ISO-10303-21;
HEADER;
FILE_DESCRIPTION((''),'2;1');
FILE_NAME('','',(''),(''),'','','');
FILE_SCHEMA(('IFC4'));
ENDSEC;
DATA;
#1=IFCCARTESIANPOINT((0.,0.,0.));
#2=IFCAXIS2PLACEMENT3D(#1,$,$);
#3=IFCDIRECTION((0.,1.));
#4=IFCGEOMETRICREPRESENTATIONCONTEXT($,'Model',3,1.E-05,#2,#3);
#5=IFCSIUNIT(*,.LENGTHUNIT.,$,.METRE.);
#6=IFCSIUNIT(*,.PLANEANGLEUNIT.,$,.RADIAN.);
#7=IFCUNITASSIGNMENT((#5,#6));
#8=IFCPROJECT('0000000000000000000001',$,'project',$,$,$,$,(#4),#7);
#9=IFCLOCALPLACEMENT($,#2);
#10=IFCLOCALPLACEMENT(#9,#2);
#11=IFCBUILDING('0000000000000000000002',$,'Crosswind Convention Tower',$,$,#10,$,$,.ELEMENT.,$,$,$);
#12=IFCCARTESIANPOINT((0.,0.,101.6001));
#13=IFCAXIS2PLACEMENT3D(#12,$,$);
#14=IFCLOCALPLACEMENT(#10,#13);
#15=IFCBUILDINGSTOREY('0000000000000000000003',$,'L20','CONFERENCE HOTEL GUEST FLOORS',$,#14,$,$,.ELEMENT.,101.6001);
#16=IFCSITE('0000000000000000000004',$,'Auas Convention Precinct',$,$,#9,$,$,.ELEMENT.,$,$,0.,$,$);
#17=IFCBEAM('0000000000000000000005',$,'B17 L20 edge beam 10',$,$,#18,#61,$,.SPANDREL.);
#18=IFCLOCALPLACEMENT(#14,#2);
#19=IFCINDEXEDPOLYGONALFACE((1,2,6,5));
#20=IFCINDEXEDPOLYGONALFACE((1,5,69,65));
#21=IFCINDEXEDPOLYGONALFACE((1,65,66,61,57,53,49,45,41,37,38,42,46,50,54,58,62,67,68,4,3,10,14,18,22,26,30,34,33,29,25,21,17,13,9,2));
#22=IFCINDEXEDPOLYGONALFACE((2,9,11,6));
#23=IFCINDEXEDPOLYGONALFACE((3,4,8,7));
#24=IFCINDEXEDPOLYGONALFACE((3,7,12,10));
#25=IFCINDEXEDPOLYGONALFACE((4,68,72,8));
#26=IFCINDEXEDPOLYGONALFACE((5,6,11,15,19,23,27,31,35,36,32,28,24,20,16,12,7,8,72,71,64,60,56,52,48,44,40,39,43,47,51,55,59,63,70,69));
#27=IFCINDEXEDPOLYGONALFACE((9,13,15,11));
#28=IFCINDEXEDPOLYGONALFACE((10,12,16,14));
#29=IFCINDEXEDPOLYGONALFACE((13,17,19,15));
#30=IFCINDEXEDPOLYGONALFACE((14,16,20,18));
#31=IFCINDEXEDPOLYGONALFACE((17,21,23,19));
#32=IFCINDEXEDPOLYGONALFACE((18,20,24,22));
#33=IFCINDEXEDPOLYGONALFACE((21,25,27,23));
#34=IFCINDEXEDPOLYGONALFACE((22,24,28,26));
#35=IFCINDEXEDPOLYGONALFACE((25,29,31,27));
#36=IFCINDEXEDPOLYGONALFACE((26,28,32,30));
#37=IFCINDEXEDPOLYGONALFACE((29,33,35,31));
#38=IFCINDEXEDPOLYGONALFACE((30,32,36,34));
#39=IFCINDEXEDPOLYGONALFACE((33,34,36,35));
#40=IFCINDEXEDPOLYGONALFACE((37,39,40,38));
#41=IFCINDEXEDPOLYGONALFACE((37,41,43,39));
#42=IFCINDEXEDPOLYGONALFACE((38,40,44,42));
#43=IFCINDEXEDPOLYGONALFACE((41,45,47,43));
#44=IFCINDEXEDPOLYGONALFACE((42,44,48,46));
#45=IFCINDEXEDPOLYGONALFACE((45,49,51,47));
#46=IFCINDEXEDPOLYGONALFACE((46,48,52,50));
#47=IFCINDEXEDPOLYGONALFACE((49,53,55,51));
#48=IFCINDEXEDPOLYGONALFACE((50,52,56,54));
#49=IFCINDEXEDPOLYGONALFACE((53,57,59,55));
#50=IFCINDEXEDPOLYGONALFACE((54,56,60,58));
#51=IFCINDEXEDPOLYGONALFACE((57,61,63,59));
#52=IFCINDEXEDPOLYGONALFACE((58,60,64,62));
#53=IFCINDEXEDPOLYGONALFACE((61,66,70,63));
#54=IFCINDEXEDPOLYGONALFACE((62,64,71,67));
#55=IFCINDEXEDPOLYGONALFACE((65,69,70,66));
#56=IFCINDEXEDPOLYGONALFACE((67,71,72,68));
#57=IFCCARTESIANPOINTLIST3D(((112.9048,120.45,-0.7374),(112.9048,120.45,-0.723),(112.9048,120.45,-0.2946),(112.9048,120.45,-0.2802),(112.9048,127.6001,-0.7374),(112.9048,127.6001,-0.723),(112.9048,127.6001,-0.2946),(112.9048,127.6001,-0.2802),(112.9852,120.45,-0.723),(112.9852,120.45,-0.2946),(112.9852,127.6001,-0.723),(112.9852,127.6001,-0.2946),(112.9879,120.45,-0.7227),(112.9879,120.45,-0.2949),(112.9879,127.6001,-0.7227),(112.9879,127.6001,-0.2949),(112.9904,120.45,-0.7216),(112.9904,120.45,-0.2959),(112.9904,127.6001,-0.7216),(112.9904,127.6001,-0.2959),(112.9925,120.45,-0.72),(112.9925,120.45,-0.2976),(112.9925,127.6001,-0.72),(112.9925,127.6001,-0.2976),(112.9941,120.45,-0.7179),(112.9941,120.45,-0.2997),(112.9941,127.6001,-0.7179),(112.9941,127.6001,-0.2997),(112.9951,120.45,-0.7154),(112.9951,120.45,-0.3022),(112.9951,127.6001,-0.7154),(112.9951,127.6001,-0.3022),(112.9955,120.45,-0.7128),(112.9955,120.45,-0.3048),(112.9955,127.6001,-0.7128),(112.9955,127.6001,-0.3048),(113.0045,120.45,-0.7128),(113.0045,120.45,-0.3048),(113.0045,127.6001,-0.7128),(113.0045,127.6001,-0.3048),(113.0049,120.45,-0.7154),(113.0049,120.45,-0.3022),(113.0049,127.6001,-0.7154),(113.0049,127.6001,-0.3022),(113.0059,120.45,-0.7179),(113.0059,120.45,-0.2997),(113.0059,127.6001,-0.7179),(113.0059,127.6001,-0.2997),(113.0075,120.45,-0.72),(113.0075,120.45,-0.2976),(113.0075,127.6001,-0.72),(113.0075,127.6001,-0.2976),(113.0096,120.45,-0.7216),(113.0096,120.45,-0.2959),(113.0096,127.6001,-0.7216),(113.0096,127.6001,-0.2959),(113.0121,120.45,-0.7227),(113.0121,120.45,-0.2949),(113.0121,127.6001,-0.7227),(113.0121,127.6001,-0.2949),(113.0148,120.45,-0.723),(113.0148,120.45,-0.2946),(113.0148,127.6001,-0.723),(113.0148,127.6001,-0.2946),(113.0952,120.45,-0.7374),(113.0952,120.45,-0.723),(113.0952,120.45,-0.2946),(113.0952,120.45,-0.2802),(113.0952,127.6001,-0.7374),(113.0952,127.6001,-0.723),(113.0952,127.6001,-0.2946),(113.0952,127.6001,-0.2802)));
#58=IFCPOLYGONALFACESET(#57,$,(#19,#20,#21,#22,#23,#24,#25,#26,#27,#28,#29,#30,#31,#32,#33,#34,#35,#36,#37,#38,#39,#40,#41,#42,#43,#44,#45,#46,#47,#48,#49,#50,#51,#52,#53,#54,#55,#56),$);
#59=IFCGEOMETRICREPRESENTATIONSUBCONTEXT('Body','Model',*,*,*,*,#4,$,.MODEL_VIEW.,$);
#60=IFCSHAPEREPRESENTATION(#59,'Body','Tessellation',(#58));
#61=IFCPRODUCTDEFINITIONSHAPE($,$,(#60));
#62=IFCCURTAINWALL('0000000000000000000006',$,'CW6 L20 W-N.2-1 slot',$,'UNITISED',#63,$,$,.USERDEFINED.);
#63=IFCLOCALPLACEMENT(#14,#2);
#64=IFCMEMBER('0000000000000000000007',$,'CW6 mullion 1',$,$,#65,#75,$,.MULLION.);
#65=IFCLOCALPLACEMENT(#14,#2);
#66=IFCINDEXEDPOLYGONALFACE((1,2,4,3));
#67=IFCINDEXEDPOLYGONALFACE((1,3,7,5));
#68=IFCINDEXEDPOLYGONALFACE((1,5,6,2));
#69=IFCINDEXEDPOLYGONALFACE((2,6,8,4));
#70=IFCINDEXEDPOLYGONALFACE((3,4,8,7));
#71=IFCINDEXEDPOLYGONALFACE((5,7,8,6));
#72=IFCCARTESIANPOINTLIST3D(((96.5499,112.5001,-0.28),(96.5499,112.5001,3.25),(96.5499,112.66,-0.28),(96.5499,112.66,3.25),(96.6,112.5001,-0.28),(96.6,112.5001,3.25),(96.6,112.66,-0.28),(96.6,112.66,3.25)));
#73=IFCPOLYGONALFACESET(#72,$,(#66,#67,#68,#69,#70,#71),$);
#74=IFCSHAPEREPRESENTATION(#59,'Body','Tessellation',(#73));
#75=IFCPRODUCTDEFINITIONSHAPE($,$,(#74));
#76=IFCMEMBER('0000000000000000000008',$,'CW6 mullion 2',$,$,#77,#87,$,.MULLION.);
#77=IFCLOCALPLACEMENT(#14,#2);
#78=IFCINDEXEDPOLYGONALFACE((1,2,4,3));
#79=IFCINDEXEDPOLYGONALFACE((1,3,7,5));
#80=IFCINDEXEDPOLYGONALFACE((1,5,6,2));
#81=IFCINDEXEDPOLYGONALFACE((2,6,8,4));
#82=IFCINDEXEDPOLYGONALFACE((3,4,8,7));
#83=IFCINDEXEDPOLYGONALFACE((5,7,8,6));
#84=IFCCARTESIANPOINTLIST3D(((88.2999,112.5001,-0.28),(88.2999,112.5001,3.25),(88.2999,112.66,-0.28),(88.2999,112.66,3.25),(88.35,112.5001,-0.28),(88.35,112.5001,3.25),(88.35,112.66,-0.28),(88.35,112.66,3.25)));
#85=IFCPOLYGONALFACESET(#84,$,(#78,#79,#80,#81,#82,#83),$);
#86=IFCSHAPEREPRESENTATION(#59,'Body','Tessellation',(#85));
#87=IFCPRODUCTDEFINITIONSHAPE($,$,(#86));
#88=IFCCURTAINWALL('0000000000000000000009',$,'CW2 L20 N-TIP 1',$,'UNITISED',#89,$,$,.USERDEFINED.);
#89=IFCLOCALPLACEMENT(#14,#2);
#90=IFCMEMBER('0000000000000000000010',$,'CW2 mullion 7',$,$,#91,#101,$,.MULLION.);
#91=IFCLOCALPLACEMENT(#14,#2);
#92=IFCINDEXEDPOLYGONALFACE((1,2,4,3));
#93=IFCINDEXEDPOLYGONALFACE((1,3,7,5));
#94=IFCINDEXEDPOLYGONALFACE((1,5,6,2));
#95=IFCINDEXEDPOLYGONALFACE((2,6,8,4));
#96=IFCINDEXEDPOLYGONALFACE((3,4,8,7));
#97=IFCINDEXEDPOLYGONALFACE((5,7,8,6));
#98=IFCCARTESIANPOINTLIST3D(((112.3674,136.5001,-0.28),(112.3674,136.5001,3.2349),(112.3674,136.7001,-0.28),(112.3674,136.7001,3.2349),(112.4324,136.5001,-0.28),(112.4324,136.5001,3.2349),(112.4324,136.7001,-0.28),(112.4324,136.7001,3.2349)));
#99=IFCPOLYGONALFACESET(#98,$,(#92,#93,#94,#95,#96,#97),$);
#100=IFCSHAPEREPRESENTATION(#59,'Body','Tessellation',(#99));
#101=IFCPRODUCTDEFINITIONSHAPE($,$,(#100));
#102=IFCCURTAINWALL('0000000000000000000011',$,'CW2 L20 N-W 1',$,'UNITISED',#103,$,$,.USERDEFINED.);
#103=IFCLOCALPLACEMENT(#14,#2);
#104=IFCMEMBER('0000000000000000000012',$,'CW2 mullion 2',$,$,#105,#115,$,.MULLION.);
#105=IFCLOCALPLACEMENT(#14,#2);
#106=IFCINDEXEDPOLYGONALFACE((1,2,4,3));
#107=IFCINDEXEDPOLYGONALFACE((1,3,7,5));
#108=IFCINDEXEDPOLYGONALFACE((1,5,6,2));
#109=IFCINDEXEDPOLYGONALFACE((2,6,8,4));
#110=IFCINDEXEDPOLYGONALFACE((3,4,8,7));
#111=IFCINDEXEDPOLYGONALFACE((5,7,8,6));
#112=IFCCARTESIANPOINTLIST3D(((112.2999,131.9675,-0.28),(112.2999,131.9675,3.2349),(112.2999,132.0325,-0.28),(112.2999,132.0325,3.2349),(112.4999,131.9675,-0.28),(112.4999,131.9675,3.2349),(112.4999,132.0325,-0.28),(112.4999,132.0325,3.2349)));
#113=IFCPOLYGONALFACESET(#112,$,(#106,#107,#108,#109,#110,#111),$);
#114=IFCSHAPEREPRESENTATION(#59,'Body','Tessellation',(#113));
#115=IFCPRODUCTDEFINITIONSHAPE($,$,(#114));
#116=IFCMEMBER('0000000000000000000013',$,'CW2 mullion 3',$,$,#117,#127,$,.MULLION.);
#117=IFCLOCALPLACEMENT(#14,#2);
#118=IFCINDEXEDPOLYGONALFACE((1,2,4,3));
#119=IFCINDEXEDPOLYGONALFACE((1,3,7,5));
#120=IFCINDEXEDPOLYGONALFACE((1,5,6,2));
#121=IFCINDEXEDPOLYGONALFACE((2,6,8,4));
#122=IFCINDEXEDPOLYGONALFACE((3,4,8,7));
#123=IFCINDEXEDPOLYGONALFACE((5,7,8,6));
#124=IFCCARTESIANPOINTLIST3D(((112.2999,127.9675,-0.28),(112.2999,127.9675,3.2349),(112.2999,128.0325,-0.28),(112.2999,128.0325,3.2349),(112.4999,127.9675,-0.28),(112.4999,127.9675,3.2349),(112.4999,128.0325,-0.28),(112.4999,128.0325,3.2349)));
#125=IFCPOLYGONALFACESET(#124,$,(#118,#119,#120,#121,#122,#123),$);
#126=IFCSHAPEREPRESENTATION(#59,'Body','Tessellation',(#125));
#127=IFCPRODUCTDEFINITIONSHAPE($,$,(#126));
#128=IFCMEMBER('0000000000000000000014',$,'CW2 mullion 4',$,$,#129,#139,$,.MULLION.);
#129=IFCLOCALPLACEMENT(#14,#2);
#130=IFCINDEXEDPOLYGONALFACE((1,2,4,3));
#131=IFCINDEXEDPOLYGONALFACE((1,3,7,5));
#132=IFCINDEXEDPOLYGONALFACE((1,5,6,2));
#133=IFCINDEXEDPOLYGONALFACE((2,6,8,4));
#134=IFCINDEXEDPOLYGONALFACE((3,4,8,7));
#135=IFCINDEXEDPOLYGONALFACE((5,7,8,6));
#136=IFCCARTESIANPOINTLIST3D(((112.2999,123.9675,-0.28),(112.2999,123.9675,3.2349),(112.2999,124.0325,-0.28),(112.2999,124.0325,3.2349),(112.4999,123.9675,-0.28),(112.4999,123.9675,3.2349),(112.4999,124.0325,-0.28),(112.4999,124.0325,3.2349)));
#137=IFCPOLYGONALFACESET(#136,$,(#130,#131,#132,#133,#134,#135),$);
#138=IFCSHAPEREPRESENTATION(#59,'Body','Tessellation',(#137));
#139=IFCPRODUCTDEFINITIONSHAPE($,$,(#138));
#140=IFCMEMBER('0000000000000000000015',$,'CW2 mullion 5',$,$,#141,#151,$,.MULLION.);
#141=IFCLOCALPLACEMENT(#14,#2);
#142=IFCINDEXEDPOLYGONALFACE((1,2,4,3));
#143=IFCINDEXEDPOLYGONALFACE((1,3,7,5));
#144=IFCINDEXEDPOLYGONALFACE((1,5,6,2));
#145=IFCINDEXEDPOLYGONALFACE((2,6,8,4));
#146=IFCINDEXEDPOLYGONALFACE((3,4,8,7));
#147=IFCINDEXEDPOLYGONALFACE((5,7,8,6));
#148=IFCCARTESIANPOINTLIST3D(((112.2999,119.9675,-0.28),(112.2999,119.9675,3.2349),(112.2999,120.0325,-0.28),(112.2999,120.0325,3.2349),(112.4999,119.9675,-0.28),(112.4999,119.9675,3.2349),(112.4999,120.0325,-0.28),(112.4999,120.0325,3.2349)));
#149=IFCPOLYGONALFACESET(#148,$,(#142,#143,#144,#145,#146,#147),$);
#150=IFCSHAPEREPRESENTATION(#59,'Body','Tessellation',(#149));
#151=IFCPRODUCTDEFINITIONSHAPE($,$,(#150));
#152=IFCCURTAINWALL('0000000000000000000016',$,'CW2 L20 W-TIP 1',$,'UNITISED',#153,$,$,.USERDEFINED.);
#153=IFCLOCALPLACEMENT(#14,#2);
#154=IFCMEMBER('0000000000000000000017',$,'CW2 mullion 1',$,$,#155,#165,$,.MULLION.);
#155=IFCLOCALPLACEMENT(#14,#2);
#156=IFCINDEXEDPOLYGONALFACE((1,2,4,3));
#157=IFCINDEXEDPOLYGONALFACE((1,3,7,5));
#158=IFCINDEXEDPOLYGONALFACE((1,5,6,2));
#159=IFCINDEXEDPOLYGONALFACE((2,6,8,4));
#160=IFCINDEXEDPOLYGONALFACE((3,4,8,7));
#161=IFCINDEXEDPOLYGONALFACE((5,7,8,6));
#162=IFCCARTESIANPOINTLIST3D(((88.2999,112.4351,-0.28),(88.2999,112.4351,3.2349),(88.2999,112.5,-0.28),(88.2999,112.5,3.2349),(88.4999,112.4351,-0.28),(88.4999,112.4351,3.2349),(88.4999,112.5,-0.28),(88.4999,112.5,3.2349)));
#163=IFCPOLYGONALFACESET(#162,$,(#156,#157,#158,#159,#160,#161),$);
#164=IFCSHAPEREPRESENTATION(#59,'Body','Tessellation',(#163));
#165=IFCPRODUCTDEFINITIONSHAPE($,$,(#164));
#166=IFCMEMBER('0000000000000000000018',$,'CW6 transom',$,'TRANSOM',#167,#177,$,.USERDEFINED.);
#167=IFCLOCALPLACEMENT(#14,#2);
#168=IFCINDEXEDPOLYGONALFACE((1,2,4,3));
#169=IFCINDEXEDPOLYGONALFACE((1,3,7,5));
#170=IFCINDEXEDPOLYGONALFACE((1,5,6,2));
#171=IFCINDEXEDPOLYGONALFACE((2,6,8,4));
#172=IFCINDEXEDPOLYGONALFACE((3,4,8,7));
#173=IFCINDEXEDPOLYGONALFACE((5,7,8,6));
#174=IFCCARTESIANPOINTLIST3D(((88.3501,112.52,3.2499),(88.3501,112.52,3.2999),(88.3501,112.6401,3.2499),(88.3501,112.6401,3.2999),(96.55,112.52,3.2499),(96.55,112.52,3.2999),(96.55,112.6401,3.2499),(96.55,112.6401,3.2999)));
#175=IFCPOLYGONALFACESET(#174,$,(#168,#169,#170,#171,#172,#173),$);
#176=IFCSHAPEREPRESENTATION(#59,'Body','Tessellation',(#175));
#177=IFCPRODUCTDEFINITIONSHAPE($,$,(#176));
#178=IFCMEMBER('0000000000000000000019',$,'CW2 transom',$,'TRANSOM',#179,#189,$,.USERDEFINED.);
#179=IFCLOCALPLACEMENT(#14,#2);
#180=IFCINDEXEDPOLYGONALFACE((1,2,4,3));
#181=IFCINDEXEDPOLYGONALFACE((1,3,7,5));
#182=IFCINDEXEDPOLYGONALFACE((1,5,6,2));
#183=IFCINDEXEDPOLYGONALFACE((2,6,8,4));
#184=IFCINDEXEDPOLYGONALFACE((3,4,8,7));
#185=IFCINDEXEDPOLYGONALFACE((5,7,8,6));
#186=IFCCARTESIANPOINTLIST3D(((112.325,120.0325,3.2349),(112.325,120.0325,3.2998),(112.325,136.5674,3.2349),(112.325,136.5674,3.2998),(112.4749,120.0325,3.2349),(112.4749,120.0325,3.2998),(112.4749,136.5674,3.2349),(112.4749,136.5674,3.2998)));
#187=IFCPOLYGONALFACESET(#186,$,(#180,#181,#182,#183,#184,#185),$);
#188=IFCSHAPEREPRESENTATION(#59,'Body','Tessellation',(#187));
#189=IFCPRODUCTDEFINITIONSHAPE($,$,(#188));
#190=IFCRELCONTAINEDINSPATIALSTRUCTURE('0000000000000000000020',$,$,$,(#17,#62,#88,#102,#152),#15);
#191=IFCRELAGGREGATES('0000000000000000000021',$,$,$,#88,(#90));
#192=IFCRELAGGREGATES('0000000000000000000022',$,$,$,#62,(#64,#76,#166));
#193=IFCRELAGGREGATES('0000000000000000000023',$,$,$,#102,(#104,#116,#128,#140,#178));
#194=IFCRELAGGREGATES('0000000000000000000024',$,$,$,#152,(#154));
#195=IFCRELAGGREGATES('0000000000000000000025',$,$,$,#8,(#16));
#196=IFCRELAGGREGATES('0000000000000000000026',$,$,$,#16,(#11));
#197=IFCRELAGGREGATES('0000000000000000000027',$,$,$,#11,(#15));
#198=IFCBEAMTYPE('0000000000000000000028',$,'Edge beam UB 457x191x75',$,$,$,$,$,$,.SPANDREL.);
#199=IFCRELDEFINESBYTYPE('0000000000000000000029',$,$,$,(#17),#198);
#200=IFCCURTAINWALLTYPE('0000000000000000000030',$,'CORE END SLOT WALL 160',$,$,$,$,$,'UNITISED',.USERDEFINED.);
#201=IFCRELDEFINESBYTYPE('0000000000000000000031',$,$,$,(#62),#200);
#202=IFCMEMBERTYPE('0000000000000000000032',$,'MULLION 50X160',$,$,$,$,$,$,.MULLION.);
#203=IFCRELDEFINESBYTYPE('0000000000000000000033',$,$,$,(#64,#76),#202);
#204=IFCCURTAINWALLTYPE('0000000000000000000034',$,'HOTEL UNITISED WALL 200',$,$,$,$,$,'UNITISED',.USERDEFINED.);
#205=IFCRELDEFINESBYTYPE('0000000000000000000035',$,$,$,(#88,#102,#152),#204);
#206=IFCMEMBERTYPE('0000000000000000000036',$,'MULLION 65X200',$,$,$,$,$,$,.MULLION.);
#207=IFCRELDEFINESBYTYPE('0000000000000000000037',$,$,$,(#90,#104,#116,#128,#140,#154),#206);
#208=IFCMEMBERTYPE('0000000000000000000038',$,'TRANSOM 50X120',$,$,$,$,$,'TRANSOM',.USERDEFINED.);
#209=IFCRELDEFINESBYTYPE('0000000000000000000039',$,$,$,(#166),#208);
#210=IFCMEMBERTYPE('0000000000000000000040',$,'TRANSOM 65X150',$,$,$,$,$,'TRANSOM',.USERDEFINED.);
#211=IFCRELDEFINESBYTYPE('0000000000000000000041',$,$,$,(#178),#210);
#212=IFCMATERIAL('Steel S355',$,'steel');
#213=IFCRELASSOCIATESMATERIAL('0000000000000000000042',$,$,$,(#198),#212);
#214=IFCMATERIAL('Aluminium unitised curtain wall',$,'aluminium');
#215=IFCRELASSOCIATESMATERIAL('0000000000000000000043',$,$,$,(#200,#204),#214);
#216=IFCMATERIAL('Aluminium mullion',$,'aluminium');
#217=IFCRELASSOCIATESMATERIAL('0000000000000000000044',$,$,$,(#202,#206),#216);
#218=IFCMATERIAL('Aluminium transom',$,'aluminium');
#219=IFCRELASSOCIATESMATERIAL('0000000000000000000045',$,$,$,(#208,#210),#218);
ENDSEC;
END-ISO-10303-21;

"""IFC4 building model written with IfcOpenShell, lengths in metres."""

from ifc_helpers import new_model, si_unit, direction, frame, origin, origin_2d, place, context, subcontext, project, spatial, rectangle, i_section, extrude, material, material_profile, profile_set, type_object, element, aggregate, save


model = new_model("IFC4")

# Units and contexts
model_context = context("Model", 3, precision=1e-05, world=origin(), true_north=direction((0.0, 1.0)))
body_context = subcontext(model_context, "Body", "Model", "MODEL_VIEW")
ifc_project = project(units=[si_unit("LENGTHUNIT", "METRE"), si_unit("PLANEANGLEUNIT", "RADIAN")], contexts=[model_context])

# Site, building, storey
site_placement = place(None, origin())
site = spatial("IfcSite", under=ifc_project, at=site_placement, Name="Auas Convention Precinct", CompositionType="ELEMENT", RefElevation=0.0)
building_placement = place(site_placement, origin())
building = spatial("IfcBuilding", under=site, at=building_placement, Name="Crosswind Convention Tower", CompositionType="ELEMENT")
storey_placement = place(building_placement, frame((0.0, 0.0, 101.6001)))
storey = spatial("IfcBuildingStorey", under=building, at=storey_placement, Name="L20", Description="CONFERENCE HOTEL GUEST FLOORS", CompositionType="ELEMENT", Elevation=101.6001)

# Beam
ifc_material_1 = material(Name="Steel S355", Category="steel")
ifc_material_profile_1 = material_profile(ifc_material_1, i_section(OverallWidth=0.1904, OverallDepth=0.4573, WebThickness=0.009, FlangeThickness=0.0144, FilletRadius=0.0103, at=origin_2d()), Name="UB 457x191x75")
ifc_profile_set_1 = profile_set([ifc_material_profile_1], Name="Steel S355")
beam_type_1 = type_object("IfcBeamType", Name="Edge beam UB 457x191x75", PredefinedType="SPANDREL", material=ifc_profile_set_1)
for number, where, z_axis, x_axis, name in (
    (1, (113.0, 120.45, -0.5088), (0.0, 1.0, 0.0), (-1.0, 0.0, 0.0), "B17 L20 edge beam 10"),
):
    element("IfcBeam", number, at=place(storey_placement, frame(where, z_axis=z_axis, x_axis=x_axis)), inside=storey, type_object=beam_type_1, Name=name, PredefinedType="SPANDREL", context=body_context, shape_type="SweptSolid", body=[
        extrude(i_section(OverallWidth=0.1904, OverallDepth=0.4573, WebThickness=0.009, FlangeThickness=0.0144, FilletRadius=0.0103, at=origin_2d()), origin(), (0.0, 0.0, 1.0), 7.1501),
    ])

# Curtain wall, members
ifc_material_2 = material(Name="Aluminium unitised curtain wall", Category="aluminium")
curtain_wall_type_1 = type_object("IfcCurtainWallType", Name="CORE END SLOT WALL 160", ElementType="UNITISED", PredefinedType="USERDEFINED", material=ifc_material_2)
curtain_wall_1_placement = place(storey_placement, origin())
curtain_wall_1 = element("IfcCurtainWall", 2, at=curtain_wall_1_placement, inside=storey, type_object=curtain_wall_type_1, Name="CW6 L20 W-N.2-1 slot", ObjectType="UNITISED", PredefinedType="USERDEFINED")
ifc_material_3 = material(Name="Aluminium mullion", Category="aluminium")
ifc_material_profile_2 = material_profile(ifc_material_3, rectangle(XDim=0.1599, YDim=0.05, at=origin_2d()), Name="AL 160X50")
ifc_profile_set_2 = profile_set([ifc_material_profile_2], Name="Aluminium mullion")
member_type_1 = type_object("IfcMemberType", Name="MULLION 50X160", PredefinedType="MULLION", material=ifc_profile_set_2)
member_1_placement = place(storey_placement, frame((96.575, 112.5801, -0.28), z_axis=(0.0, 0.0, 1.0), x_axis=(0.0, 1.0, 0.0)))
member_1 = element("IfcMember", 3, at=member_1_placement, type_object=member_type_1, Name="CW6 mullion 1", PredefinedType="MULLION", context=body_context, shape_type="SweptSolid", body=[
    extrude(rectangle(XDim=0.1599, YDim=0.05, at=origin_2d()), origin(), (0.0, 0.0, 1.0), 3.53),
])
member_2_placement = place(storey_placement, frame((88.325, 112.5801, -0.28), z_axis=(0.0, 0.0, 1.0), x_axis=(0.0, 1.0, 0.0)))
member_2 = element("IfcMember", 4, at=member_2_placement, type_object=member_type_1, Name="CW6 mullion 2", PredefinedType="MULLION", context=body_context, shape_type="SweptSolid", body=[
    extrude(rectangle(XDim=0.1599, YDim=0.05, at=origin_2d()), origin(), (0.0, 0.0, 1.0), 3.53),
])

# Curtain wall, member
curtain_wall_type_2 = type_object("IfcCurtainWallType", Name="HOTEL UNITISED WALL 200", ElementType="UNITISED", PredefinedType="USERDEFINED", material=ifc_material_2)
curtain_wall_2_placement = place(storey_placement, origin())
curtain_wall_2 = element("IfcCurtainWall", 5, at=curtain_wall_2_placement, inside=storey, type_object=curtain_wall_type_2, Name="CW2 L20 N-TIP 1", ObjectType="UNITISED", PredefinedType="USERDEFINED")
ifc_material_profile_3 = material_profile(ifc_material_3, rectangle(XDim=0.2, YDim=0.0649, at=origin_2d()), Name="AL 200X65")
ifc_profile_set_3 = profile_set([ifc_material_profile_3], Name="Aluminium mullion")
member_type_2 = type_object("IfcMemberType", Name="MULLION 65X200", PredefinedType="MULLION", material=ifc_profile_set_3)
member_3_placement = place(storey_placement, frame((112.3999, 136.6001, -0.28), z_axis=(0.0, 0.0, 1.0), x_axis=(0.0, 1.0, 0.0)))
member_3 = element("IfcMember", 6, at=member_3_placement, type_object=member_type_2, Name="CW2 mullion 7", PredefinedType="MULLION", context=body_context, shape_type="SweptSolid", body=[
    extrude(rectangle(XDim=0.2, YDim=0.0649, at=origin_2d()), origin(), (0.0, 0.0, 1.0), 3.5149),
])
aggregate(curtain_wall_2, [member_3])

# Curtain wall, members
curtain_wall_3_placement = place(storey_placement, origin())
curtain_wall_3 = element("IfcCurtainWall", 7, at=curtain_wall_3_placement, inside=storey, type_object=curtain_wall_type_2, Name="CW2 L20 N-W 1", ObjectType="UNITISED", PredefinedType="USERDEFINED")
member_4_placement = place(storey_placement, frame((112.3999, 132.0, -0.28), z_axis=(0.0, 0.0, 1.0), x_axis=(-1.0, 0.0, 0.0)))
member_4 = element("IfcMember", 8, at=member_4_placement, type_object=member_type_2, Name="CW2 mullion 2", PredefinedType="MULLION", context=body_context, shape_type="SweptSolid", body=[
    extrude(rectangle(XDim=0.2, YDim=0.0649, at=origin_2d()), origin(), (0.0, 0.0, 1.0), 3.5149),
])
member_5_placement = place(storey_placement, frame((112.3999, 128.0, -0.28), z_axis=(0.0, 0.0, 1.0), x_axis=(-1.0, 0.0, 0.0)))
member_5 = element("IfcMember", 9, at=member_5_placement, type_object=member_type_2, Name="CW2 mullion 3", PredefinedType="MULLION", context=body_context, shape_type="SweptSolid", body=[
    extrude(rectangle(XDim=0.2, YDim=0.0649, at=origin_2d()), origin(), (0.0, 0.0, 1.0), 3.5149),
])
member_6_placement = place(storey_placement, frame((112.3999, 124.0, -0.28), z_axis=(0.0, 0.0, 1.0), x_axis=(-1.0, 0.0, 0.0)))
member_6 = element("IfcMember", 10, at=member_6_placement, type_object=member_type_2, Name="CW2 mullion 4", PredefinedType="MULLION", context=body_context, shape_type="SweptSolid", body=[
    extrude(rectangle(XDim=0.2, YDim=0.0649, at=origin_2d()), origin(), (0.0, 0.0, 1.0), 3.5149),
])
member_7_placement = place(storey_placement, frame((112.3999, 120.0, -0.28), z_axis=(0.0, 0.0, 1.0), x_axis=(-1.0, 0.0, 0.0)))
member_7 = element("IfcMember", 11, at=member_7_placement, type_object=member_type_2, Name="CW2 mullion 5", PredefinedType="MULLION", context=body_context, shape_type="SweptSolid", body=[
    extrude(rectangle(XDim=0.2, YDim=0.0649, at=origin_2d()), origin(), (0.0, 0.0, 1.0), 3.5149),
])

# Curtain wall, member
curtain_wall_4_placement = place(storey_placement, origin())
curtain_wall_4 = element("IfcCurtainWall", 12, at=curtain_wall_4_placement, inside=storey, type_object=curtain_wall_type_2, Name="CW2 L20 W-TIP 1", ObjectType="UNITISED", PredefinedType="USERDEFINED")
member_8_placement = place(storey_placement, frame((88.3999, 112.4675, -0.28), z_axis=(0.0, 0.0, 1.0), x_axis=(-1.0, 0.0, 0.0)))
member_8 = element("IfcMember", 13, at=member_8_placement, type_object=member_type_2, Name="CW2 mullion 1", PredefinedType="MULLION", context=body_context, shape_type="SweptSolid", body=[
    extrude(rectangle(XDim=0.2, YDim=0.0649, at=origin_2d()), origin(), (0.0, 0.0, 1.0), 3.5149),
])

# Members
ifc_material_4 = material(Name="Aluminium transom", Category="aluminium")
ifc_material_profile_4 = material_profile(ifc_material_4, rectangle(XDim=0.1201, YDim=0.05, at=origin_2d()), Name="AL 120X50")
ifc_profile_set_4 = profile_set([ifc_material_profile_4], Name="Aluminium transom")
member_type_3 = type_object("IfcMemberType", Name="TRANSOM 50X120", ElementType="TRANSOM", PredefinedType="USERDEFINED", material=ifc_profile_set_4)
member_9_placement = place(storey_placement, frame((96.55, 112.5801, 3.2749), z_axis=(-1.0, 0.0, 0.0), x_axis=(0.0, -1.0, 0.0)))
member_9 = element("IfcMember", 14, at=member_9_placement, type_object=member_type_3, Name="CW6 transom", ObjectType="TRANSOM", PredefinedType="USERDEFINED", context=body_context, shape_type="SweptSolid", body=[
    extrude(rectangle(XDim=0.1201, YDim=0.05, at=origin_2d()), origin(), (0.0, 0.0, 1.0), 8.2),
])
ifc_material_profile_5 = material_profile(ifc_material_4, rectangle(XDim=0.1499, YDim=0.0649, at=origin_2d()), Name="AL 150X65")
ifc_profile_set_5 = profile_set([ifc_material_profile_5], Name="Aluminium transom")
member_type_4 = type_object("IfcMemberType", Name="TRANSOM 65X150", ElementType="TRANSOM", PredefinedType="USERDEFINED", material=ifc_profile_set_5)
member_10_placement = place(storey_placement, frame((112.3999, 136.5674, 3.2673), z_axis=(0.0, -1.0, 0.0), x_axis=(1.0, 0.0, 0.0)))
member_10 = element("IfcMember", 15, at=member_10_placement, type_object=member_type_4, Name="CW2 transom", ObjectType="TRANSOM", PredefinedType="USERDEFINED", context=body_context, shape_type="SweptSolid", body=[
    extrude(rectangle(XDim=0.1499, YDim=0.0649, at=origin_2d()), origin(), (0.0, 0.0, 1.0), 16.5349),
])

aggregate(curtain_wall_1, [member_1, member_2, member_9])

aggregate(curtain_wall_3, [member_4, member_5, member_6, member_7, member_10])
aggregate(curtain_wall_4, [member_8])

save(model, "model.ifc")
